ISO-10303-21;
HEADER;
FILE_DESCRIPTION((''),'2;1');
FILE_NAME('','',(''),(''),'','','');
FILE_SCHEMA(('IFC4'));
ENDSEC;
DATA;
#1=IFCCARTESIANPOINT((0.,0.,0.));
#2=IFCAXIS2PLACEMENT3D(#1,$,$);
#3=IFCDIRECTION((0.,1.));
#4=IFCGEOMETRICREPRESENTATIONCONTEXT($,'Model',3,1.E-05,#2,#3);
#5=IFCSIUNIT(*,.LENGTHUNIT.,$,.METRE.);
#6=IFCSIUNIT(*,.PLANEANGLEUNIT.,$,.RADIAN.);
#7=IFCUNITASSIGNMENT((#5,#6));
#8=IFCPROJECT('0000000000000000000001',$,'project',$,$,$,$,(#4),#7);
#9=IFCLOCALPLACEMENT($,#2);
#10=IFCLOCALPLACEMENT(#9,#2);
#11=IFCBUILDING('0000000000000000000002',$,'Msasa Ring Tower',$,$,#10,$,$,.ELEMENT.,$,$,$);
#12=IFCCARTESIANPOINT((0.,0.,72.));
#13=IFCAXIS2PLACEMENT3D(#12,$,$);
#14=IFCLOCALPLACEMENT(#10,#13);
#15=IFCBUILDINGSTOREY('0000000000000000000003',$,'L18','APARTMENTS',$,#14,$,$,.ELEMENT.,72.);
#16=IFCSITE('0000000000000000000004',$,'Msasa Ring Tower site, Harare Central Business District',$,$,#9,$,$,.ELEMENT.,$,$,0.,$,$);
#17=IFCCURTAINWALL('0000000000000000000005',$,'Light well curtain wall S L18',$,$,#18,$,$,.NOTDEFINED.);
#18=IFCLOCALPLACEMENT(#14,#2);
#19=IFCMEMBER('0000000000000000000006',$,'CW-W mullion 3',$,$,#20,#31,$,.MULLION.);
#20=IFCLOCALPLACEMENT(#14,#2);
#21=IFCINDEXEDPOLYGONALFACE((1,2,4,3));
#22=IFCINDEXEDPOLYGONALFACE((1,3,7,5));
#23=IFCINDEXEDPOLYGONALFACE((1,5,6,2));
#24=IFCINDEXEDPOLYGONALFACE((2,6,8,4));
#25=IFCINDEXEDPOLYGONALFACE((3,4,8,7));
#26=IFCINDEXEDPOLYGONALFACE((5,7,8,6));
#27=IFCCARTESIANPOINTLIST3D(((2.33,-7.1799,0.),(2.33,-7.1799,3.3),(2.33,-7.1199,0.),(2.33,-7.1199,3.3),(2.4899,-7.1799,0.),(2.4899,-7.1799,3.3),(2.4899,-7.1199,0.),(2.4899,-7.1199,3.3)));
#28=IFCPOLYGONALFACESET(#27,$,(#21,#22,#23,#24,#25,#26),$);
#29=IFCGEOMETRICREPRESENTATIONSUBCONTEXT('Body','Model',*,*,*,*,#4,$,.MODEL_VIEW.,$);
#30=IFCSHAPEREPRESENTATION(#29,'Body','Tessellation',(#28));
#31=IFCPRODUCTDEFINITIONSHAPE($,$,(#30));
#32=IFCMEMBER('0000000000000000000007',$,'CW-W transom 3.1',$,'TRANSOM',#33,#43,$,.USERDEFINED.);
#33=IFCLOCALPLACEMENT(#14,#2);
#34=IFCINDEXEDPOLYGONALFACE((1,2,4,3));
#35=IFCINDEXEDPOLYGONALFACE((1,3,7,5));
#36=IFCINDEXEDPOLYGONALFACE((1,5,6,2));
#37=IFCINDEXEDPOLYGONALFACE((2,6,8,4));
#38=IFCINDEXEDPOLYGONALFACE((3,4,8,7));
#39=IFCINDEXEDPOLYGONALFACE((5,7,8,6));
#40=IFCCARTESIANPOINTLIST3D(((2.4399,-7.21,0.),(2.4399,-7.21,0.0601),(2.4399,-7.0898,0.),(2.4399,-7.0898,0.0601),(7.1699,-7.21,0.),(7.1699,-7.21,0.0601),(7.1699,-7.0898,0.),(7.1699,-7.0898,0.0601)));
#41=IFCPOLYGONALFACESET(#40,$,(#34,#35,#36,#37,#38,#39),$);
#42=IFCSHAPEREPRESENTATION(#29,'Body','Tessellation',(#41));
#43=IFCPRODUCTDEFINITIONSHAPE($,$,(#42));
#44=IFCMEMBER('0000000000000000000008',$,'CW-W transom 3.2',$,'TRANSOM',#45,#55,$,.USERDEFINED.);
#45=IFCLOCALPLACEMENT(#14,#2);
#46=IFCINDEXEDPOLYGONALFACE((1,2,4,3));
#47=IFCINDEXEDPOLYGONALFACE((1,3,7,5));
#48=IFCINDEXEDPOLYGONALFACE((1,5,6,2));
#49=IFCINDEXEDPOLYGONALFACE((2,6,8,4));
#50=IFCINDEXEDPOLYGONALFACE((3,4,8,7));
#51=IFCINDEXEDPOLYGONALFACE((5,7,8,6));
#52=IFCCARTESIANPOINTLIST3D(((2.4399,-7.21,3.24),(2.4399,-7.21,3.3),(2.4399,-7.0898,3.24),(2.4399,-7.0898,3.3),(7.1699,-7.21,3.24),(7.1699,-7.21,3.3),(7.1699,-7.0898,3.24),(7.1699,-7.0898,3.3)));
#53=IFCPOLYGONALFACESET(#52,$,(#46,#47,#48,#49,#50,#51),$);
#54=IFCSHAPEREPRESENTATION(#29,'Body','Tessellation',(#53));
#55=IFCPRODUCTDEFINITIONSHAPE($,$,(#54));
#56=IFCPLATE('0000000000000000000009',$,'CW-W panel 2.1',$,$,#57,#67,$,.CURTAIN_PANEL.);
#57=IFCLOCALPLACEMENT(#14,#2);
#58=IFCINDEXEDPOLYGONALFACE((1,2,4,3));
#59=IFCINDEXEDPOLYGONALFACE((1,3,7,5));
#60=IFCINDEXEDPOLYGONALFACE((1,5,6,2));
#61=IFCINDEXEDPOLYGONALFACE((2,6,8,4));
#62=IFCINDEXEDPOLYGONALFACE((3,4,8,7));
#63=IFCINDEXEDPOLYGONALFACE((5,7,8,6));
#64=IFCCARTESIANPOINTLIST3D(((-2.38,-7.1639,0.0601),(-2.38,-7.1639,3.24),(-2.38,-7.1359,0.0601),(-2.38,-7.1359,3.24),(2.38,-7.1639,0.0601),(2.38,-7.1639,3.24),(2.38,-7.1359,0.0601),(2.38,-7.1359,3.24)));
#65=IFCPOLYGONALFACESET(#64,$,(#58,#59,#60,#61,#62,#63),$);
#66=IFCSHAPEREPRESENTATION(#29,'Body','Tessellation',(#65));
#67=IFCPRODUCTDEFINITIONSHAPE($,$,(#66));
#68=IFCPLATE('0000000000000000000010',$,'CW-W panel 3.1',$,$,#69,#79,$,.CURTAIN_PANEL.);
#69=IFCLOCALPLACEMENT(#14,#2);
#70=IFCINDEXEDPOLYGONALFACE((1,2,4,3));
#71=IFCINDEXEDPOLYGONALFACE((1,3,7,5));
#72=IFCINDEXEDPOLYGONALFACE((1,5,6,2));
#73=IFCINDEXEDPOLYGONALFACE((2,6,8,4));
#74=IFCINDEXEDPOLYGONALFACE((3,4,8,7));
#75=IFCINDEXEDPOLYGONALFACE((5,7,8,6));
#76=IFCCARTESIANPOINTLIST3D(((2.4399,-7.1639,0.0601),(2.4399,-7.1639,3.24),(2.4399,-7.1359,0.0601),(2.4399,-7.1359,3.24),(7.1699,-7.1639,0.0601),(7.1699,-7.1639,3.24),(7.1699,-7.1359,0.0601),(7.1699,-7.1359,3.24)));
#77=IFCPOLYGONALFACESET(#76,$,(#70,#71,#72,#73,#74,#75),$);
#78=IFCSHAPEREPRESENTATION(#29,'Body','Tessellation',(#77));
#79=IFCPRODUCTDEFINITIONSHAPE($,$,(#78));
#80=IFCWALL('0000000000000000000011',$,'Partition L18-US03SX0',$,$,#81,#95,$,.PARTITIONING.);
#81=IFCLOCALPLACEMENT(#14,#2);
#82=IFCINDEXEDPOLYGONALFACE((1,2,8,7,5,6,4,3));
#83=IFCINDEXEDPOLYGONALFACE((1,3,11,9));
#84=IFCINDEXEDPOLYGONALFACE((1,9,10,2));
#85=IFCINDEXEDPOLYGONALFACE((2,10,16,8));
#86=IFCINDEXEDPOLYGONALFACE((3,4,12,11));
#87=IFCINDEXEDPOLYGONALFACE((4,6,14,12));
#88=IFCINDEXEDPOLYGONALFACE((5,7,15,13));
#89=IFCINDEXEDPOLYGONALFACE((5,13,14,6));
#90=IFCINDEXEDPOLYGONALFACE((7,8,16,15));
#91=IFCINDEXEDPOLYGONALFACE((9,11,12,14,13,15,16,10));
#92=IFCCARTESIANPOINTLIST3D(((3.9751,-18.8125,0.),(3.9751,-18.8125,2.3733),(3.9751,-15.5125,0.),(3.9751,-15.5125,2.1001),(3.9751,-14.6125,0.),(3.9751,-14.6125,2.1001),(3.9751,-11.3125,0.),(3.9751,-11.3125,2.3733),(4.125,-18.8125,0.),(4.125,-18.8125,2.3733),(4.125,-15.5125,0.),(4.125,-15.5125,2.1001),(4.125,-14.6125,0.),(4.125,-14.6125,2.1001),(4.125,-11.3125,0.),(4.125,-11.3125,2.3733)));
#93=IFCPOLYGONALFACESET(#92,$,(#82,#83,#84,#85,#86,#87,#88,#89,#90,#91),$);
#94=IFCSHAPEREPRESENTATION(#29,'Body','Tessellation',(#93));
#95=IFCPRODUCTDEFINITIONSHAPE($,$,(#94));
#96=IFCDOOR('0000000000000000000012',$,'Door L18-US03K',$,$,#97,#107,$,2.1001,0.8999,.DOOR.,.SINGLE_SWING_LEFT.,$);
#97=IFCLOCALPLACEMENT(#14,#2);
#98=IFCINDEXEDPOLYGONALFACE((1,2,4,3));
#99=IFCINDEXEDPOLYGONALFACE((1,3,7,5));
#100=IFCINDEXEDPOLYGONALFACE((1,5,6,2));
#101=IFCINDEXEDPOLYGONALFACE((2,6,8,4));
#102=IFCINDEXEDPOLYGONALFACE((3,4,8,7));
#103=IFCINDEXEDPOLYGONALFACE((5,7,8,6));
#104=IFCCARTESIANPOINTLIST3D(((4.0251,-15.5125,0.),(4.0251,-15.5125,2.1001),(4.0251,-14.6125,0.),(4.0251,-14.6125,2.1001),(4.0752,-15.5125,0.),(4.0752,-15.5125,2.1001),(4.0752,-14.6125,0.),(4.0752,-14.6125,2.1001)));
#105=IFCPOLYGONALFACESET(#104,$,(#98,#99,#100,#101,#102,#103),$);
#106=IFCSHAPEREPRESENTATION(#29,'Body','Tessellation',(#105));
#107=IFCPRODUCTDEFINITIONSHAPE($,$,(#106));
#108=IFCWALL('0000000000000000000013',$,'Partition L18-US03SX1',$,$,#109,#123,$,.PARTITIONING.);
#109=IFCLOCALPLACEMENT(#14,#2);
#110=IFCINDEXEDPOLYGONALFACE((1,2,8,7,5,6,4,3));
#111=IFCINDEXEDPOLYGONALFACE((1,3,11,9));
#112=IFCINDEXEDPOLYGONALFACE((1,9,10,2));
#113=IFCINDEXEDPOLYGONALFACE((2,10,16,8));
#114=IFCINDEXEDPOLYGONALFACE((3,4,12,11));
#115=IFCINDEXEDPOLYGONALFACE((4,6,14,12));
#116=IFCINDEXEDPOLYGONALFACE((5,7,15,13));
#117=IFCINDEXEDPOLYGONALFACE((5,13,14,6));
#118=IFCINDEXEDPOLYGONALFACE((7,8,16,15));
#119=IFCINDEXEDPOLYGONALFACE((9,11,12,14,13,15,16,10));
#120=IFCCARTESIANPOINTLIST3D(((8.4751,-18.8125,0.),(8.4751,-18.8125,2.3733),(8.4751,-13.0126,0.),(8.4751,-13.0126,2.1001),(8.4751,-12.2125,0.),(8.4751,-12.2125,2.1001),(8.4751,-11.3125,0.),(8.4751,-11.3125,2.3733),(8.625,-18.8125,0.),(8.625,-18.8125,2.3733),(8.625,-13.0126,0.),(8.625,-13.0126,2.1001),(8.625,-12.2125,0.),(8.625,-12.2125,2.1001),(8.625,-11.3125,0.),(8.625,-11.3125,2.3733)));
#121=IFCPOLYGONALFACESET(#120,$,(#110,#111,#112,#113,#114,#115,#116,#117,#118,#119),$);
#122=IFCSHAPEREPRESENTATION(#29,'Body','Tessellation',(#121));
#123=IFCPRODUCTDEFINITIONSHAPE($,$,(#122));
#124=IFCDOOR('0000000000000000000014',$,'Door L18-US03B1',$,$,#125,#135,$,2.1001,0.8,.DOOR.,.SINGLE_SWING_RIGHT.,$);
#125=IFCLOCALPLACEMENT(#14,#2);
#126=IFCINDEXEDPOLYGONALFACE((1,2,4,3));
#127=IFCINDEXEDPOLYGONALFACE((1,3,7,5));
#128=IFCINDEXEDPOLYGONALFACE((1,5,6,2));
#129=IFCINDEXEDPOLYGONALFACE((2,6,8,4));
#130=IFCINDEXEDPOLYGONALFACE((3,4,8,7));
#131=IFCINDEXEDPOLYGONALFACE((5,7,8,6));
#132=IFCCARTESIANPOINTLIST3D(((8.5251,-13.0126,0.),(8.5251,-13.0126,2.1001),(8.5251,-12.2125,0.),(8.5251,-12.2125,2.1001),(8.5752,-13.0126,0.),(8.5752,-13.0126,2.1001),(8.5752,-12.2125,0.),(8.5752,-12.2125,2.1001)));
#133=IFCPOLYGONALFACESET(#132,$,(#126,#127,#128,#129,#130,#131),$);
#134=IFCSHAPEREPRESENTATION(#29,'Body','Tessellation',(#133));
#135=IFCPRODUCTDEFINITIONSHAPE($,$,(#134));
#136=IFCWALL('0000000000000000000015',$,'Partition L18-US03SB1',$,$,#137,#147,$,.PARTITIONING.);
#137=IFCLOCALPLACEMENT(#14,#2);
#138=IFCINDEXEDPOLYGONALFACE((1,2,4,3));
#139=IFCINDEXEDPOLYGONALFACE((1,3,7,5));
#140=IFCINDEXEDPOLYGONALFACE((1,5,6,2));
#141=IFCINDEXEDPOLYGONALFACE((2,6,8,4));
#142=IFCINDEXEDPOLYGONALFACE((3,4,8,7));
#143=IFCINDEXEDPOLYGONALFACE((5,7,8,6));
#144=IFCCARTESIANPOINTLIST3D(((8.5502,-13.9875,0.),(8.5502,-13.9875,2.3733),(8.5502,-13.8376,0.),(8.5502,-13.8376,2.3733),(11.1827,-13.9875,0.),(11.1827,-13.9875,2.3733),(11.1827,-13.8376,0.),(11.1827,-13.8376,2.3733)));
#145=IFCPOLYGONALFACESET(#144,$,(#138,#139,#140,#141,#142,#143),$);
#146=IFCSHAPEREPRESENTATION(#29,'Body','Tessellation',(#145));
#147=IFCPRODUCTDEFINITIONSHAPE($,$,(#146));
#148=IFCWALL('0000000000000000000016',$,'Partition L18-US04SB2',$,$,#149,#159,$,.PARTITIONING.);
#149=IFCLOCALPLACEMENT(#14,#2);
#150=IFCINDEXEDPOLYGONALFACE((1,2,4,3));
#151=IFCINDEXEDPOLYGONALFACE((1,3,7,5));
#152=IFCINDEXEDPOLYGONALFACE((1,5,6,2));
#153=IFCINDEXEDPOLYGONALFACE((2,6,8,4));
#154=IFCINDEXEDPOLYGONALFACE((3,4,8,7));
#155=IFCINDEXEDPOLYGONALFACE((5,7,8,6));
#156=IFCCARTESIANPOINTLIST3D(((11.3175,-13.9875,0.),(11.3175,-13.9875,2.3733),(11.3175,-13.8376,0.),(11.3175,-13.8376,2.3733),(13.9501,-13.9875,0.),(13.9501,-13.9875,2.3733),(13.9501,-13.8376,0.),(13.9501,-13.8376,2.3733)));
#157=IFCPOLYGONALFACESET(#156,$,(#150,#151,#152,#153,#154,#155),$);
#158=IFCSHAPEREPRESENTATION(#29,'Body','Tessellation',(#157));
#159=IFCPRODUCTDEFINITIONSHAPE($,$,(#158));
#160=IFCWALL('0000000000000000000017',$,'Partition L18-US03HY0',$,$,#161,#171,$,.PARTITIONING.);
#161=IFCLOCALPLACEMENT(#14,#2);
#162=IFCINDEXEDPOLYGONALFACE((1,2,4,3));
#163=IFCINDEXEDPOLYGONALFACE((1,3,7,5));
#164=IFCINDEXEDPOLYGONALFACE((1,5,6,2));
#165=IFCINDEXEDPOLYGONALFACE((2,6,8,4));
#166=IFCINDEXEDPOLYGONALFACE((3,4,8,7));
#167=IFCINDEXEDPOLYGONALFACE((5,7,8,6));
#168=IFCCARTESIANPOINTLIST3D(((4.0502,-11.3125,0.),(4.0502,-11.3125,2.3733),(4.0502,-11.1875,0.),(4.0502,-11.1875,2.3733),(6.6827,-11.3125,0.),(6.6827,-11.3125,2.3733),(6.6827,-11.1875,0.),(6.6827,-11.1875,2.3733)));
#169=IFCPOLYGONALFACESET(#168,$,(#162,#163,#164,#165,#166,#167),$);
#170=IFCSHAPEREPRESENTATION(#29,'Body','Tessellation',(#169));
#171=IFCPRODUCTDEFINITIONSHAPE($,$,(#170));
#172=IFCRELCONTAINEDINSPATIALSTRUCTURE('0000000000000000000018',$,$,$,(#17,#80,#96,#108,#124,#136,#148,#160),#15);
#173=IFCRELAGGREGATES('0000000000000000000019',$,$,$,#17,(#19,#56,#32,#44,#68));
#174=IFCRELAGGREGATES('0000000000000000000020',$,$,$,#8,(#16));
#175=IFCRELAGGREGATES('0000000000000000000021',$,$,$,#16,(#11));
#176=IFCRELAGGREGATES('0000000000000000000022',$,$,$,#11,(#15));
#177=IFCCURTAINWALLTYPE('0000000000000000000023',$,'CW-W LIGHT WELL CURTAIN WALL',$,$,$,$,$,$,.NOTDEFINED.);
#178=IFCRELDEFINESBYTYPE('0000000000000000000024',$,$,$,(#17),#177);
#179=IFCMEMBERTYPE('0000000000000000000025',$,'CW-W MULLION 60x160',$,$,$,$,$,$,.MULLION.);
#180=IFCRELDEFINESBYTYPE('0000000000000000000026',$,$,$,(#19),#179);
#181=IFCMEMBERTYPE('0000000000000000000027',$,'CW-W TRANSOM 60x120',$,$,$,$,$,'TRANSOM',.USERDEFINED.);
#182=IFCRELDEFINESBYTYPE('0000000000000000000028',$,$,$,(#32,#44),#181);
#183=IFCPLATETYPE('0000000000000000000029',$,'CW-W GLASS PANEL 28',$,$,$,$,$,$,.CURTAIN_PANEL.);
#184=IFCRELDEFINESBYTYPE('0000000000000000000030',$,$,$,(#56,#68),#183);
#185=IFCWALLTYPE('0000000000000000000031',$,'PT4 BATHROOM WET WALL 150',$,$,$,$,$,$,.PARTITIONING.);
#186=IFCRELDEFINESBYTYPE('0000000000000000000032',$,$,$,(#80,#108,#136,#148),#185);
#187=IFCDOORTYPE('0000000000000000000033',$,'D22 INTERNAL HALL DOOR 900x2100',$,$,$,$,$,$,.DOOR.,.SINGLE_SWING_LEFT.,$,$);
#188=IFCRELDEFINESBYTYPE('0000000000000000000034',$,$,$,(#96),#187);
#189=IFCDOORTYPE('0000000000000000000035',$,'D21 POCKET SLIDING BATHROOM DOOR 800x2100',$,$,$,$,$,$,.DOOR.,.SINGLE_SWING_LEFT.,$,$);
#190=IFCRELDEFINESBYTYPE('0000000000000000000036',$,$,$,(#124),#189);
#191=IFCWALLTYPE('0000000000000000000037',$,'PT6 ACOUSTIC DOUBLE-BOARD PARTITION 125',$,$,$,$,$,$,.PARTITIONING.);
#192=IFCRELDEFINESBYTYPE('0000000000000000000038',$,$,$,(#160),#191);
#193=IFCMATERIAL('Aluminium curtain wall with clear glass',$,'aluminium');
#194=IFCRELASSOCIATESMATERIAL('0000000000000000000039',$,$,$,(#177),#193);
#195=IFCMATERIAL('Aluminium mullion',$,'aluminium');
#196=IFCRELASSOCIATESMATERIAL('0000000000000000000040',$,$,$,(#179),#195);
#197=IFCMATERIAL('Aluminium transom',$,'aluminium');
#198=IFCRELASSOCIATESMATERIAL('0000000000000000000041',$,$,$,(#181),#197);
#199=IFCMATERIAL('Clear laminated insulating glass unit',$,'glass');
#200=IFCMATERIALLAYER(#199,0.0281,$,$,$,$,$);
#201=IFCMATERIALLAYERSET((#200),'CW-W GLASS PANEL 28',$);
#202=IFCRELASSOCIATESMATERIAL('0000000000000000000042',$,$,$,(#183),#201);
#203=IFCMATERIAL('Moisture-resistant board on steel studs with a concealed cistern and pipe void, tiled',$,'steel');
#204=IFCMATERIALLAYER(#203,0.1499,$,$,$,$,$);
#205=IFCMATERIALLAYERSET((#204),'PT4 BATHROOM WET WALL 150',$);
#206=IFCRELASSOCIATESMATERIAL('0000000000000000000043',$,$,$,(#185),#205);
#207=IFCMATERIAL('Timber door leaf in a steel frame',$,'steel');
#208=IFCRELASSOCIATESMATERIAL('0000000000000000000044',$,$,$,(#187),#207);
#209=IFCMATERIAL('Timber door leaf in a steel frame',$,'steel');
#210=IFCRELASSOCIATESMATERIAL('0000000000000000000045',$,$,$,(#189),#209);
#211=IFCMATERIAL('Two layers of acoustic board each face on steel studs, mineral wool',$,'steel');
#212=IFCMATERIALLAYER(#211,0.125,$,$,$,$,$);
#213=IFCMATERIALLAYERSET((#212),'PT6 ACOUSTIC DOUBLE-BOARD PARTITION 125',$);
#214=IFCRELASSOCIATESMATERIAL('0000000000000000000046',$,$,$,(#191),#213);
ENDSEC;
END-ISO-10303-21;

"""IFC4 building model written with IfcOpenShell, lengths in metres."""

from ifc_helpers import new_model, si_unit, direction, frame, frame_2d, origin, origin_2d, place, context, subcontext, project, spatial, rectangle, extrude, material, layer, layer_set, material_profile, profile_set, type_object, element, fill, aggregate, save


model = new_model("IFC4")

# Units and contexts
model_context = context("Model", 3, precision=1e-05, world=origin(), true_north=direction((0.0, 1.0)))
body_context = subcontext(model_context, "Body", "Model", "MODEL_VIEW")
ifc_project = project(units=[si_unit("LENGTHUNIT", "METRE"), si_unit("PLANEANGLEUNIT", "RADIAN")], contexts=[model_context])

# Site, building, storey
site_placement = place(None, origin())
site = spatial("IfcSite", under=ifc_project, at=site_placement, Name="Msasa Ring Tower site, Harare Central Business District", CompositionType="ELEMENT", RefElevation=0.0)
building_placement = place(site_placement, origin())
building = spatial("IfcBuilding", under=site, at=building_placement, Name="Msasa Ring Tower", CompositionType="ELEMENT")
storey_placement = place(building_placement, frame((0.0, 0.0, 72.0)))
storey = spatial("IfcBuildingStorey", under=building, at=storey_placement, Name="L18", Description="APARTMENTS", CompositionType="ELEMENT", Elevation=72.0)

# Curtain wall, members, plates
ifc_material_1 = material(Name="Aluminium curtain wall with clear glass", Category="aluminium")
curtain_wall_type = type_object("IfcCurtainWallType", Name="CW-W LIGHT WELL CURTAIN WALL", PredefinedType="NOTDEFINED", material=ifc_material_1)
curtain_wall_placement = place(storey_placement, origin())
curtain_wall = element("IfcCurtainWall", 1, at=curtain_wall_placement, inside=storey, type_object=curtain_wall_type, Name="Light well curtain wall S L18", PredefinedType="NOTDEFINED")
ifc_material_2 = material(Name="Aluminium mullion", Category="aluminium")
ifc_material_profile_1 = material_profile(ifc_material_2, rectangle(XDim=0.0601, YDim=0.1599, at=origin_2d()), Name="AL 60x160")
ifc_profile_set_1 = profile_set([ifc_material_profile_1], Name="Aluminium mullion")
member_type_1 = type_object("IfcMemberType", Name="CW-W MULLION 60x160", PredefinedType="MULLION", material=ifc_profile_set_1)
member_1_placement = place(storey_placement, frame((2.4099, -7.1499, 0.0), z_axis=(0.0, 0.0, 1.0), x_axis=(0.0, 1.0, 0.0)))
member_1 = element("IfcMember", 2, at=member_1_placement, type_object=member_type_1, Name="CW-W mullion 3", PredefinedType="MULLION", context=body_context, shape_type="SweptSolid", body=[
    extrude(rectangle(XDim=0.0601, YDim=0.1599, at=origin_2d()), origin(), (0.0, 0.0, 1.0), 3.3),
])
ifc_material_3 = material(Name="Aluminium transom", Category="aluminium")
ifc_material_profile_2 = material_profile(ifc_material_3, rectangle(XDim=0.1201, YDim=0.0601, at=origin_2d()), Name="AL 60x120")
ifc_profile_set_2 = profile_set([ifc_material_profile_2], Name="Aluminium transom")
member_type_2 = type_object("IfcMemberType", Name="CW-W TRANSOM 60x120", ElementType="TRANSOM", PredefinedType="USERDEFINED", material=ifc_profile_set_2)
member_2_placement = place(storey_placement, frame((2.4399, -7.1499, 0.03), z_axis=(1.0, 0.0, 0.0), x_axis=(0.0, 1.0, 0.0)))
member_2 = element("IfcMember", 3, at=member_2_placement, type_object=member_type_2, Name="CW-W transom 3.1", ObjectType="TRANSOM", PredefinedType="USERDEFINED", context=body_context, shape_type="SweptSolid", body=[
    extrude(rectangle(XDim=0.1201, YDim=0.0601, at=origin_2d()), origin(), (0.0, 0.0, 1.0), 4.73),
])
member_3_placement = place(storey_placement, frame((2.4399, -7.1499, 3.27), z_axis=(1.0, 0.0, 0.0), x_axis=(0.0, 1.0, 0.0)))
member_3 = element("IfcMember", 4, at=member_3_placement, type_object=member_type_2, Name="CW-W transom 3.2", ObjectType="TRANSOM", PredefinedType="USERDEFINED", context=body_context, shape_type="SweptSolid", body=[
    extrude(rectangle(XDim=0.1201, YDim=0.0601, at=origin_2d()), origin(), (0.0, 0.0, 1.0), 4.73),
])
ifc_material_4 = material(Name="Clear laminated insulating glass unit", Category="glass")
ifc_layer_1 = layer(ifc_material_4, 0.0281)
ifc_layer_set_1 = layer_set([ifc_layer_1], Name="CW-W GLASS PANEL 28")
plate_type = type_object("IfcPlateType", Name="CW-W GLASS PANEL 28", PredefinedType="CURTAIN_PANEL", material=ifc_layer_set_1)
plate_1_placement = place(storey_placement, frame((0.0, -7.1499, 0.0601), z_axis=(0.0, 0.0, 1.0), x_axis=(1.0, 0.0, 0.0)))
plate_1 = element("IfcPlate", 5, at=plate_1_placement, type_object=plate_type, Name="CW-W panel 2.1", PredefinedType="CURTAIN_PANEL", context=body_context, shape_type="SweptSolid", body=[
    extrude(rectangle(XDim=4.76, YDim=0.0281, at=origin_2d()), origin(), (0.0, 0.0, 1.0), 3.1799),
])
plate_2_placement = place(storey_placement, frame((4.8049, -7.1499, 0.0601), z_axis=(0.0, 0.0, 1.0), x_axis=(1.0, 0.0, 0.0)))
plate_2 = element("IfcPlate", 6, at=plate_2_placement, type_object=plate_type, Name="CW-W panel 3.1", PredefinedType="CURTAIN_PANEL", context=body_context, shape_type="SweptSolid", body=[
    extrude(rectangle(XDim=4.73, YDim=0.0281, at=origin_2d()), origin(), (0.0, 0.0, 1.0), 3.1799),
])
aggregate(curtain_wall, [member_1, plate_1, member_2, member_3, plate_2])

# Walls, openings, doors
ifc_material_5 = material(Name="Moisture-resistant board on steel studs with a concealed cistern and pipe void, tiled", Category="steel")
ifc_layer_2 = layer(ifc_material_5, 0.1499)
ifc_layer_set_2 = layer_set([ifc_layer_2], Name="PT4 BATHROOM WET WALL 150")
wall_type_1 = type_object("IfcWallType", Name="PT4 BATHROOM WET WALL 150", PredefinedType="PARTITIONING", material=ifc_layer_set_2)
wall_1_placement = place(storey_placement, frame((4.05, -18.8125, 0.0), z_axis=(0.0, 0.0, 1.0), x_axis=(0.0, 1.0, 0.0)))
wall_1 = element("IfcWall", 7, at=wall_1_placement, inside=storey, type_object=wall_type_1, Name="Partition L18-US03SX0", PredefinedType="PARTITIONING", context=body_context, shape_type="SweptSolid", body=[
    extrude(rectangle(XDim=7.5, YDim=0.1499, at=frame_2d((3.75, 0.0))), origin(), (0.0, 0.0, 1.0), 2.3733),
])
opening_1_placement = place(wall_1_placement, frame((3.3, 0.0, 0.0)))
opening_1 = element("IfcOpeningElement", 8, at=opening_1_placement, cuts=wall_1, PredefinedType="OPENING", context=body_context, shape_type="SweptSolid", body=[
    extrude(rectangle(XDim=0.8999, YDim=2.1001, at=frame_2d((0.45, 1.05))), frame((0.0, 0.085, 0.0), z_axis=(0.0, -1.0, 0.0), x_axis=(1.0, 0.0, 0.0)), (0.0, 0.0, 1.0), 0.1699),
])
ifc_material_6 = material(Name="Timber door leaf in a steel frame", Category="steel")
door_type_1 = type_object("IfcDoorType", Name="D22 INTERNAL HALL DOOR 900x2100", OperationType="SINGLE_SWING_LEFT", PredefinedType="DOOR", material=ifc_material_6)
door_1_placement = place(opening_1_placement, origin())
door_1 = element("IfcDoor", 9, at=door_1_placement, inside=storey, type_object=door_type_1, Name="Door L18-US03K", OperationType="SINGLE_SWING_LEFT", OverallHeight=2.1001, OverallWidth=0.8999, PredefinedType="DOOR", context=body_context, shape_type="SweptSolid", body=[
    extrude(rectangle(XDim=0.8999, YDim=2.1001, at=frame_2d((0.45, 1.05))), frame((0.0, 0.0249, 0.0), z_axis=(0.0, -1.0, 0.0), x_axis=(1.0, 0.0, 0.0)), (0.0, 0.0, 1.0), 0.05),
])
fill(opening_1, door_1)
wall_2_placement = place(storey_placement, frame((8.55, -18.8125, 0.0), z_axis=(0.0, 0.0, 1.0), x_axis=(0.0, 1.0, 0.0)))
wall_2 = element("IfcWall", 10, at=wall_2_placement, inside=storey, type_object=wall_type_1, Name="Partition L18-US03SX1", PredefinedType="PARTITIONING", context=body_context, shape_type="SweptSolid", body=[
    extrude(rectangle(XDim=7.5, YDim=0.1499, at=frame_2d((3.75, 0.0))), origin(), (0.0, 0.0, 1.0), 2.3733),
])
opening_2_placement = place(wall_2_placement, frame((5.8, 0.0, 0.0)))
opening_2 = element("IfcOpeningElement", 11, at=opening_2_placement, cuts=wall_2, PredefinedType="OPENING", context=body_context, shape_type="SweptSolid", body=[
    extrude(rectangle(XDim=0.8, YDim=2.1001, at=frame_2d((0.3999, 1.05))), frame((0.0, 0.085, 0.0), z_axis=(0.0, -1.0, 0.0), x_axis=(1.0, 0.0, 0.0)), (0.0, 0.0, 1.0), 0.1699),
])
ifc_material_7 = material(Name="Timber door leaf in a steel frame", Category="steel")
door_type_2 = type_object("IfcDoorType", Name="D21 POCKET SLIDING BATHROOM DOOR 800x2100", OperationType="SINGLE_SWING_LEFT", PredefinedType="DOOR", material=ifc_material_7)
door_2_placement = place(opening_2_placement, origin())
door_2 = element("IfcDoor", 12, at=door_2_placement, inside=storey, type_object=door_type_2, Name="Door L18-US03B1", OperationType="SINGLE_SWING_RIGHT", OverallHeight=2.1001, OverallWidth=0.8, PredefinedType="DOOR", context=body_context, shape_type="SweptSolid", body=[
    extrude(rectangle(XDim=0.8, YDim=2.1001, at=frame_2d((0.3999, 1.05))), frame((0.0, 0.0249, 0.0), z_axis=(0.0, -1.0, 0.0), x_axis=(1.0, 0.0, 0.0)), (0.0, 0.0, 1.0), 0.05),
])
fill(opening_2, door_2)

# Walls
for number, where, z_axis, x_axis, name in (
    (13, (8.55, -13.9126, 0.0), (0.0, 0.0, 1.0), (1.0, 0.0, 0.0), "Partition L18-US03SB1"),
    (14, (11.3174, -13.9126, 0.0), (0.0, 0.0, 1.0), (1.0, 0.0, 0.0), "Partition L18-US04SB2"),
):
    element("IfcWall", number, at=place(storey_placement, frame(where, z_axis=z_axis, x_axis=x_axis)), inside=storey, type_object=wall_type_1, Name=name, PredefinedType="PARTITIONING", context=body_context, shape_type="SweptSolid", body=[
        extrude(rectangle(XDim=2.6326, YDim=0.1499, at=frame_2d((1.3164, 0.0))), origin(), (0.0, 0.0, 1.0), 2.3733),
    ])
ifc_material_8 = material(Name="Two layers of acoustic board each face on steel studs, mineral wool", Category="steel")
ifc_layer_3 = layer(ifc_material_8, 0.125)
ifc_layer_set_3 = layer_set([ifc_layer_3], Name="PT6 ACOUSTIC DOUBLE-BOARD PARTITION 125")
wall_type_2 = type_object("IfcWallType", Name="PT6 ACOUSTIC DOUBLE-BOARD PARTITION 125", PredefinedType="PARTITIONING", material=ifc_layer_set_3)
wall_3_placement = place(storey_placement, frame((4.05, -11.25, 0.0), z_axis=(0.0, 0.0, 1.0), x_axis=(1.0, 0.0, 0.0)))
element("IfcWall", 15, at=wall_3_placement, inside=storey, type_object=wall_type_2, Name="Partition L18-US03HY0", PredefinedType="PARTITIONING", context=body_context, shape_type="SweptSolid", body=[
    extrude(rectangle(XDim=2.6326, YDim=0.125, at=frame_2d((1.3164, 0.0))), origin(), (0.0, 0.0, 1.0), 2.3733),
])

save(model, "model.ifc")
